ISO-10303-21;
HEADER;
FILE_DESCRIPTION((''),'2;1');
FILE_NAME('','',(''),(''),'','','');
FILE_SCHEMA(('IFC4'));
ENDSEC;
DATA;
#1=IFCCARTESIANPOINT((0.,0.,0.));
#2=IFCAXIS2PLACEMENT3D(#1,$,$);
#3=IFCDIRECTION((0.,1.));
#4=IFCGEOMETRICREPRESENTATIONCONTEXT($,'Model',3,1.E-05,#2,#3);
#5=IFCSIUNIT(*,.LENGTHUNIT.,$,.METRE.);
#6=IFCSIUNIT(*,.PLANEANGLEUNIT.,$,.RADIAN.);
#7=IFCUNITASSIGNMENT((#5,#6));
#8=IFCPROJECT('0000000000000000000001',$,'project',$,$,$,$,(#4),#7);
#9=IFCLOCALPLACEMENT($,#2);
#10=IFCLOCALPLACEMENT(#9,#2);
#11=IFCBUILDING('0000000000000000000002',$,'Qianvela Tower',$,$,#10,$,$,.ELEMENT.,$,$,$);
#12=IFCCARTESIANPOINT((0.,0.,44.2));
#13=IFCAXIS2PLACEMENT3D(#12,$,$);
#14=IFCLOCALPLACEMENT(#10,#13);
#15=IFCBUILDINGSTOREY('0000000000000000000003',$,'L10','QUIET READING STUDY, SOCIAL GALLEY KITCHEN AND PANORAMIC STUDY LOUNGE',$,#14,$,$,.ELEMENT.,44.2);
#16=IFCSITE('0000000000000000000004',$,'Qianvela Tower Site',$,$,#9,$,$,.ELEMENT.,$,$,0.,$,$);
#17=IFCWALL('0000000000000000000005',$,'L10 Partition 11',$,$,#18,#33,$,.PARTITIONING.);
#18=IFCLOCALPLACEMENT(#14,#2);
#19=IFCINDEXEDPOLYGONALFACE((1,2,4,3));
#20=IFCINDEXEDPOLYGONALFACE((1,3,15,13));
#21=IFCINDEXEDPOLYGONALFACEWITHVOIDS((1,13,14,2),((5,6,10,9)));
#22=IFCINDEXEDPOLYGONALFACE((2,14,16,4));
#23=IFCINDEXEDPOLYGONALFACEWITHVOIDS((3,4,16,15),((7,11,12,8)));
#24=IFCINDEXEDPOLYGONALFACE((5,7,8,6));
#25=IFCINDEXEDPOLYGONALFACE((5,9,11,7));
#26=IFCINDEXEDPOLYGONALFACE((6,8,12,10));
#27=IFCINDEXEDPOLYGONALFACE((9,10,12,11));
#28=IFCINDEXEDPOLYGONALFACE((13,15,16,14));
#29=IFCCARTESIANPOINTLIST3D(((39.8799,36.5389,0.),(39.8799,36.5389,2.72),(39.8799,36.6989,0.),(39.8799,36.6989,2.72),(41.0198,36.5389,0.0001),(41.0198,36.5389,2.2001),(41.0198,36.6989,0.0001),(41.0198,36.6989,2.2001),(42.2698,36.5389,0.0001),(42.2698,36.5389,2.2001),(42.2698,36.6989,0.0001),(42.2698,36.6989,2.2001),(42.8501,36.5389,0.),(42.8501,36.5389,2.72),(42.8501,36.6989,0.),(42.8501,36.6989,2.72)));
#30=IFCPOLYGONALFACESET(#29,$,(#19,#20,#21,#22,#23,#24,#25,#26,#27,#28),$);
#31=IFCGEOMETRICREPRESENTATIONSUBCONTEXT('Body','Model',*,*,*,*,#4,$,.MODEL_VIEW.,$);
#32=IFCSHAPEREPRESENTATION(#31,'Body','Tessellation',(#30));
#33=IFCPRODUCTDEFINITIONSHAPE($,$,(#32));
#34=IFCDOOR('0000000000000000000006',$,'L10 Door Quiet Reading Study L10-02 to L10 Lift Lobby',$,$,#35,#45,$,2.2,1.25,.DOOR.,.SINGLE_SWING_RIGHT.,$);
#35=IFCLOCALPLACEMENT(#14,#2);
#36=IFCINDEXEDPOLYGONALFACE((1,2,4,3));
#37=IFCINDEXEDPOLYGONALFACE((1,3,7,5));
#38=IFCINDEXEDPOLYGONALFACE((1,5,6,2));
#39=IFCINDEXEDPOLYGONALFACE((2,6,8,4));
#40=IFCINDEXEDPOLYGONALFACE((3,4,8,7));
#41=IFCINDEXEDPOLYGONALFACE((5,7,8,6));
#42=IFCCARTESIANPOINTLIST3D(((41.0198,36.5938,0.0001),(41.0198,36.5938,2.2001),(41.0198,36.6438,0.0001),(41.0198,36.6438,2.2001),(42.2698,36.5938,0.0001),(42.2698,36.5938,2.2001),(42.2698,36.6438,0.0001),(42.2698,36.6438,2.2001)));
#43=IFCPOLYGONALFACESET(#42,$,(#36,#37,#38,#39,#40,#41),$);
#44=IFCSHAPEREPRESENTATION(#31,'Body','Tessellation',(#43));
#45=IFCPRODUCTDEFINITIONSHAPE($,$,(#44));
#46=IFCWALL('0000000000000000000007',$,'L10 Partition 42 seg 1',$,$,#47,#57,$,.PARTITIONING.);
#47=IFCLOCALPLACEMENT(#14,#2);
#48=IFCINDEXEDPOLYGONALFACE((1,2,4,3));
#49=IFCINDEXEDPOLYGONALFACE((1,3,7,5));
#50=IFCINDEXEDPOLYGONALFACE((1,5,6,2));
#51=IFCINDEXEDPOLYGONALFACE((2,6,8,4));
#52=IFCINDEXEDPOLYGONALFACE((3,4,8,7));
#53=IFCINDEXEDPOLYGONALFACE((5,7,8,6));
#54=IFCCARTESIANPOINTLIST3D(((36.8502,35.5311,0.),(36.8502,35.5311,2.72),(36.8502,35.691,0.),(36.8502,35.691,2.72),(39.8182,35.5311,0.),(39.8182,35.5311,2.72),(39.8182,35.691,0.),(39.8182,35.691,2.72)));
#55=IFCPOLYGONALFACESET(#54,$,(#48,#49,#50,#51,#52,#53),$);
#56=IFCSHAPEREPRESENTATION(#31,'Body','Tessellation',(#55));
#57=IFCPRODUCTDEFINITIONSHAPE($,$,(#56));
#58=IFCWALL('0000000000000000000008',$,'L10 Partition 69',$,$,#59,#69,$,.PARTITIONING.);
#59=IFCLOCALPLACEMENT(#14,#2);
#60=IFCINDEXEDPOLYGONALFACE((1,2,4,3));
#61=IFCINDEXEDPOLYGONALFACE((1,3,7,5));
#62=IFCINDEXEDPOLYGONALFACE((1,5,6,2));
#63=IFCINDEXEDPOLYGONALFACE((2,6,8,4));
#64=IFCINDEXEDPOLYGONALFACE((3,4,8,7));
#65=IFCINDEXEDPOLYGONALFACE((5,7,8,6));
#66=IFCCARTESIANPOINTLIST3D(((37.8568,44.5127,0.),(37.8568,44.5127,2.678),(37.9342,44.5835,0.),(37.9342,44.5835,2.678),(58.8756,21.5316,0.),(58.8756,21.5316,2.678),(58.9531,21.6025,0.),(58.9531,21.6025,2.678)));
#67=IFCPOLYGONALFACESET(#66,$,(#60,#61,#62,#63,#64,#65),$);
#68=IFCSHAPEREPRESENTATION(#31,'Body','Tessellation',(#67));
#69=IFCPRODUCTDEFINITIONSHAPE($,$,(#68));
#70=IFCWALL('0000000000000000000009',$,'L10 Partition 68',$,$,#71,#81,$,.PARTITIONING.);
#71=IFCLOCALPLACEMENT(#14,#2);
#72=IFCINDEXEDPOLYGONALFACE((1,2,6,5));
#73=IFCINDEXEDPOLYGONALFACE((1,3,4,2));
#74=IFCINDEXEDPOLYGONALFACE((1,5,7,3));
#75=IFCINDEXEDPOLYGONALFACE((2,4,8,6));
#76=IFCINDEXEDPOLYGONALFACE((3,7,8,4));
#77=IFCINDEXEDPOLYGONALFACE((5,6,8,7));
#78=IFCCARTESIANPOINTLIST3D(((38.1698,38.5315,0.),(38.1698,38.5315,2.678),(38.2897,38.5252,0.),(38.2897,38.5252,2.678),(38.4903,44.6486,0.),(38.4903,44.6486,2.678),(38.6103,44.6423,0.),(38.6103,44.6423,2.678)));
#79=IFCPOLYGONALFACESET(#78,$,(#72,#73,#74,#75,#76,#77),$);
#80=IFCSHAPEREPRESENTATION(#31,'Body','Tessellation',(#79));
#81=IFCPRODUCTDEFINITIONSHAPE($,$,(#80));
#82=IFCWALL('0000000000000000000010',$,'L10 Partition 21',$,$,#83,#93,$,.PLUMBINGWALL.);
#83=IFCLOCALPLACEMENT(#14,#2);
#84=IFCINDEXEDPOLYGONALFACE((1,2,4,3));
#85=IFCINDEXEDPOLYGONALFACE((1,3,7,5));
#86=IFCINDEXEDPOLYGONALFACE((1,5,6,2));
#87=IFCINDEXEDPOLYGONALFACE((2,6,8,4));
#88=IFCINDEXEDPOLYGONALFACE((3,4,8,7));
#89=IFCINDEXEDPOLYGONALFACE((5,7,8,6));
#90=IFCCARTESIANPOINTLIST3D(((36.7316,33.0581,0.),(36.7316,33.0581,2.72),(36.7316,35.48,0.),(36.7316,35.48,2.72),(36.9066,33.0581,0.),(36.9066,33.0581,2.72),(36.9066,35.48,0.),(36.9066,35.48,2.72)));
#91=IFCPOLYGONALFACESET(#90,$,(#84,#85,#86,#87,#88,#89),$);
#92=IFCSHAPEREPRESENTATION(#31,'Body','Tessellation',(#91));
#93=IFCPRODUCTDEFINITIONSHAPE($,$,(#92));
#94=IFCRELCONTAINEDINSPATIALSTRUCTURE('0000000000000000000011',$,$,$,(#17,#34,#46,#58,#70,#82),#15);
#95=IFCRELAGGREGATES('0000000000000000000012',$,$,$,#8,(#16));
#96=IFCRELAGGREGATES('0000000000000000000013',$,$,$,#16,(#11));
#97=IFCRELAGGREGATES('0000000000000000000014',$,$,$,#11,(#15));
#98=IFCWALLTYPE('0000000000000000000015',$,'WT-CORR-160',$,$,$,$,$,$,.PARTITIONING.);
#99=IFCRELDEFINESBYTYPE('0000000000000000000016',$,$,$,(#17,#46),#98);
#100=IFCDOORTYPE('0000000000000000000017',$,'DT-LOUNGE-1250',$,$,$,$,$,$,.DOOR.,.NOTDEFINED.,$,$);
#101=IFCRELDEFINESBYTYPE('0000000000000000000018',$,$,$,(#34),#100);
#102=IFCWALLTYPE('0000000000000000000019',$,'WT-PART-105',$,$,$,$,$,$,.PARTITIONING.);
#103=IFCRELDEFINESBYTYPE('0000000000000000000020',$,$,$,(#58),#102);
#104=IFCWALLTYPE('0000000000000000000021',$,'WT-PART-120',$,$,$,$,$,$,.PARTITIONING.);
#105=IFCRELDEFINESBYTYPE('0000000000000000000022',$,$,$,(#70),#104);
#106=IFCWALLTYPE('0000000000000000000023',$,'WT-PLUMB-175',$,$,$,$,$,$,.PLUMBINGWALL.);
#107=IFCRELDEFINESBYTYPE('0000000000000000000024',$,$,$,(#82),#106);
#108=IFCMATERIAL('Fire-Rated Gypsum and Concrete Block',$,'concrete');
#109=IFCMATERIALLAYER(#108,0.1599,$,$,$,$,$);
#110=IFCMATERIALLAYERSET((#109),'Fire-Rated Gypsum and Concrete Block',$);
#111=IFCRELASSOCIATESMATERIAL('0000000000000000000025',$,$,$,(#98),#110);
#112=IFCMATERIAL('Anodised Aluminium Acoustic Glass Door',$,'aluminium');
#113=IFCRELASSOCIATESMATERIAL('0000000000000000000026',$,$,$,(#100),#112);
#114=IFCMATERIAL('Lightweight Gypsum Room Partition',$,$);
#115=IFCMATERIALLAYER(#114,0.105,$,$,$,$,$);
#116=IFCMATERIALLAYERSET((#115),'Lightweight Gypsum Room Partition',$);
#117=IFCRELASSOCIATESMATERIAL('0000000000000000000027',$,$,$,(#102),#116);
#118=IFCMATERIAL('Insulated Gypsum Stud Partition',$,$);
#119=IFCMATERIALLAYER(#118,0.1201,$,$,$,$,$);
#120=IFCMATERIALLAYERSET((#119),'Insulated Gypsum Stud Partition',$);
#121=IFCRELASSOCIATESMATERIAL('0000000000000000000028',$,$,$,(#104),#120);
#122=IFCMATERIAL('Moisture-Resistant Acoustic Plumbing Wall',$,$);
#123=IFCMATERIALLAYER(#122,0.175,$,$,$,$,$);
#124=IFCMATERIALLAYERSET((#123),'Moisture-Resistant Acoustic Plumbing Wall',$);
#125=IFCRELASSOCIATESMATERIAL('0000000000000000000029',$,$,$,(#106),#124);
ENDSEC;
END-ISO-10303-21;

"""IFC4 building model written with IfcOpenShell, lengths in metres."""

from ifc_helpers import new_model, si_unit, direction, frame, frame_2d, origin, place, context, subcontext, project, spatial, rectangle, extrude, material, layer, layer_set, type_object, element, fill, save


model = new_model("IFC4")

# Units and contexts
model_context = context("Model", 3, precision=1e-05, world=origin(), true_north=direction((0.0, 1.0)))
body_context = subcontext(model_context, "Body", "Model", "MODEL_VIEW")
ifc_project = project(units=[si_unit("LENGTHUNIT", "METRE"), si_unit("PLANEANGLEUNIT", "RADIAN")], contexts=[model_context])

# Site, building, storey
site_placement = place(None, origin())
site = spatial("IfcSite", under=ifc_project, at=site_placement, Name="Qianvela Tower Site", CompositionType="ELEMENT", RefElevation=0.0)
building_placement = place(site_placement, origin())
building = spatial("IfcBuilding", under=site, at=building_placement, Name="Qianvela Tower", CompositionType="ELEMENT")
storey_placement = place(building_placement, frame((0.0, 0.0, 44.2)))
storey = spatial("IfcBuildingStorey", under=building, at=storey_placement, Name="L10", Description="QUIET READING STUDY, SOCIAL GALLEY KITCHEN AND PANORAMIC STUDY LOUNGE", CompositionType="ELEMENT", Elevation=44.2)

# Wall, opening, door
ifc_material_1 = material(Name="Fire-Rated Gypsum and Concrete Block", Category="concrete")
ifc_layer_1 = layer(ifc_material_1, 0.1599)
ifc_layer_set_1 = layer_set([ifc_layer_1], Name="Fire-Rated Gypsum and Concrete Block")
wall_type_1 = type_object("IfcWallType", Name="WT-CORR-160", PredefinedType="PARTITIONING", material=ifc_layer_set_1)
wall_1_placement = place(storey_placement, frame((39.8799, 36.6189, 0.0), z_axis=(0.0, 0.0, 1.0), x_axis=(1.0, 0.0, 0.0)))
wall_1 = element("IfcWall", 1, at=wall_1_placement, inside=storey, type_object=wall_type_1, Name="L10 Partition 11", PredefinedType="PARTITIONING", context=body_context, shape_type="SweptSolid", body=[
    extrude(rectangle(XDim=2.9702, YDim=0.1599, at=frame_2d((1.4851, 0.0))), origin(), (0.0, 0.0, 1.0), 2.72),
])
opening_1_placement = place(wall_1_placement, frame((1.1399, 0.0, 0.0)))
opening_1 = element("IfcOpeningElement", 2, at=opening_1_placement, cuts=wall_1, PredefinedType="OPENING", context=body_context, shape_type="SweptSolid", body=[
    extrude(rectangle(XDim=1.25, YDim=2.2, at=frame_2d((0.625, 1.1001))), frame((0.0, 0.0898, 0.0), z_axis=(0.0, -1.0, 0.0), x_axis=(1.0, 0.0, 0.0)), (0.0, 0.0, 1.0), 0.1799),
])
ifc_material_2 = material(Name="Anodised Aluminium Acoustic Glass Door", Category="aluminium")
door_type_1 = type_object("IfcDoorType", Name="DT-LOUNGE-1250", OperationType="NOTDEFINED", PredefinedType="DOOR", material=ifc_material_2)
door_1_placement = place(opening_1_placement, origin())
door_1 = element("IfcDoor", 3, at=door_1_placement, inside=storey, type_object=door_type_1, Name="L10 Door Quiet Reading Study L10-02 to L10 Lift Lobby", OperationType="SINGLE_SWING_RIGHT", OverallHeight=2.2, OverallWidth=1.25, PredefinedType="DOOR", context=body_context, shape_type="SweptSolid", body=[
    extrude(rectangle(XDim=1.25, YDim=2.2, at=frame_2d((0.625, 1.1001))), frame((0.0, 0.0249, 0.0), z_axis=(0.0, -1.0, 0.0), x_axis=(1.0, 0.0, 0.0)), (0.0, 0.0, 1.0), 0.05),
])
fill(opening_1, door_1)

# Walls
wall_2_placement = place(storey_placement, frame((39.8181, 35.6111, 0.0), z_axis=(0.0, 0.0, 1.0), x_axis=(-1.0, 0.0, 0.0)))
element("IfcWall", 4, at=wall_2_placement, inside=storey, type_object=wall_type_1, Name="L10 Partition 42 seg 1", PredefinedType="PARTITIONING", context=body_context, shape_type="SweptSolid", body=[
    extrude(rectangle(XDim=2.968, YDim=0.1599, at=frame_2d((1.4839, 0.0))), origin(), (0.0, 0.0, 1.0), 2.72),
])
ifc_material_3 = material(Name="Lightweight Gypsum Room Partition")
ifc_layer_2 = layer(ifc_material_3, 0.105)
ifc_layer_set_2 = layer_set([ifc_layer_2], Name="Lightweight Gypsum Room Partition")
wall_type_2 = type_object("IfcWallType", Name="WT-PART-105", PredefinedType="PARTITIONING", material=ifc_layer_set_2)
wall_3_placement = place(storey_placement, frame((37.8955, 44.5481, 0.0), z_axis=(0.0, 0.0, 1.0), x_axis=(0.674903, -0.737907, 0.0)))
element("IfcWall", 5, at=wall_3_placement, inside=storey, type_object=wall_type_2, Name="L10 Partition 69", PredefinedType="PARTITIONING", context=body_context, shape_type="SweptSolid", body=[
    extrude(rectangle(XDim=31.1436, YDim=0.105, at=frame_2d((15.5718, 0.0))), origin(), (0.0, 0.0, 1.0), 2.678),
])
ifc_material_4 = material(Name="Insulated Gypsum Stud Partition")
ifc_layer_3 = layer(ifc_material_4, 0.1201)
ifc_layer_set_3 = layer_set([ifc_layer_3], Name="Insulated Gypsum Stud Partition")
wall_type_3 = type_object("IfcWallType", Name="WT-PART-120", PredefinedType="PARTITIONING", material=ifc_layer_set_3)
wall_4_placement = place(storey_placement, frame((38.2297, 38.5283, 0.0), z_axis=(0.0, 0.0, 1.0), x_axis=(0.052331, 0.99863, 0.0)))
element("IfcWall", 6, at=wall_4_placement, inside=storey, type_object=wall_type_3, Name="L10 Partition 68", PredefinedType="PARTITIONING", context=body_context, shape_type="SweptSolid", body=[
    extrude(rectangle(XDim=6.1255, YDim=0.1201, at=frame_2d((3.0627, 0.0))), origin(), (0.0, 0.0, 1.0), 2.678),
])
ifc_material_5 = material(Name="Moisture-Resistant Acoustic Plumbing Wall")
ifc_layer_4 = layer(ifc_material_5, 0.175)
ifc_layer_set_4 = layer_set([ifc_layer_4], Name="Moisture-Resistant Acoustic Plumbing Wall")
wall_type_4 = type_object("IfcWallType", Name="WT-PLUMB-175", PredefinedType="PLUMBINGWALL", material=ifc_layer_set_4)
wall_5_placement = place(storey_placement, frame((36.8191, 35.48, 0.0), z_axis=(0.0, 0.0, 1.0), x_axis=(0.0, -1.0, 0.0)))
element("IfcWall", 7, at=wall_5_placement, inside=storey, type_object=wall_type_4, Name="L10 Partition 21", PredefinedType="PLUMBINGWALL", context=body_context, shape_type="SweptSolid", body=[
    extrude(rectangle(XDim=2.4219, YDim=0.175, at=frame_2d((1.2109, 0.0))), origin(), (0.0, 0.0, 1.0), 2.72),
])

save(model, "model.ifc")
